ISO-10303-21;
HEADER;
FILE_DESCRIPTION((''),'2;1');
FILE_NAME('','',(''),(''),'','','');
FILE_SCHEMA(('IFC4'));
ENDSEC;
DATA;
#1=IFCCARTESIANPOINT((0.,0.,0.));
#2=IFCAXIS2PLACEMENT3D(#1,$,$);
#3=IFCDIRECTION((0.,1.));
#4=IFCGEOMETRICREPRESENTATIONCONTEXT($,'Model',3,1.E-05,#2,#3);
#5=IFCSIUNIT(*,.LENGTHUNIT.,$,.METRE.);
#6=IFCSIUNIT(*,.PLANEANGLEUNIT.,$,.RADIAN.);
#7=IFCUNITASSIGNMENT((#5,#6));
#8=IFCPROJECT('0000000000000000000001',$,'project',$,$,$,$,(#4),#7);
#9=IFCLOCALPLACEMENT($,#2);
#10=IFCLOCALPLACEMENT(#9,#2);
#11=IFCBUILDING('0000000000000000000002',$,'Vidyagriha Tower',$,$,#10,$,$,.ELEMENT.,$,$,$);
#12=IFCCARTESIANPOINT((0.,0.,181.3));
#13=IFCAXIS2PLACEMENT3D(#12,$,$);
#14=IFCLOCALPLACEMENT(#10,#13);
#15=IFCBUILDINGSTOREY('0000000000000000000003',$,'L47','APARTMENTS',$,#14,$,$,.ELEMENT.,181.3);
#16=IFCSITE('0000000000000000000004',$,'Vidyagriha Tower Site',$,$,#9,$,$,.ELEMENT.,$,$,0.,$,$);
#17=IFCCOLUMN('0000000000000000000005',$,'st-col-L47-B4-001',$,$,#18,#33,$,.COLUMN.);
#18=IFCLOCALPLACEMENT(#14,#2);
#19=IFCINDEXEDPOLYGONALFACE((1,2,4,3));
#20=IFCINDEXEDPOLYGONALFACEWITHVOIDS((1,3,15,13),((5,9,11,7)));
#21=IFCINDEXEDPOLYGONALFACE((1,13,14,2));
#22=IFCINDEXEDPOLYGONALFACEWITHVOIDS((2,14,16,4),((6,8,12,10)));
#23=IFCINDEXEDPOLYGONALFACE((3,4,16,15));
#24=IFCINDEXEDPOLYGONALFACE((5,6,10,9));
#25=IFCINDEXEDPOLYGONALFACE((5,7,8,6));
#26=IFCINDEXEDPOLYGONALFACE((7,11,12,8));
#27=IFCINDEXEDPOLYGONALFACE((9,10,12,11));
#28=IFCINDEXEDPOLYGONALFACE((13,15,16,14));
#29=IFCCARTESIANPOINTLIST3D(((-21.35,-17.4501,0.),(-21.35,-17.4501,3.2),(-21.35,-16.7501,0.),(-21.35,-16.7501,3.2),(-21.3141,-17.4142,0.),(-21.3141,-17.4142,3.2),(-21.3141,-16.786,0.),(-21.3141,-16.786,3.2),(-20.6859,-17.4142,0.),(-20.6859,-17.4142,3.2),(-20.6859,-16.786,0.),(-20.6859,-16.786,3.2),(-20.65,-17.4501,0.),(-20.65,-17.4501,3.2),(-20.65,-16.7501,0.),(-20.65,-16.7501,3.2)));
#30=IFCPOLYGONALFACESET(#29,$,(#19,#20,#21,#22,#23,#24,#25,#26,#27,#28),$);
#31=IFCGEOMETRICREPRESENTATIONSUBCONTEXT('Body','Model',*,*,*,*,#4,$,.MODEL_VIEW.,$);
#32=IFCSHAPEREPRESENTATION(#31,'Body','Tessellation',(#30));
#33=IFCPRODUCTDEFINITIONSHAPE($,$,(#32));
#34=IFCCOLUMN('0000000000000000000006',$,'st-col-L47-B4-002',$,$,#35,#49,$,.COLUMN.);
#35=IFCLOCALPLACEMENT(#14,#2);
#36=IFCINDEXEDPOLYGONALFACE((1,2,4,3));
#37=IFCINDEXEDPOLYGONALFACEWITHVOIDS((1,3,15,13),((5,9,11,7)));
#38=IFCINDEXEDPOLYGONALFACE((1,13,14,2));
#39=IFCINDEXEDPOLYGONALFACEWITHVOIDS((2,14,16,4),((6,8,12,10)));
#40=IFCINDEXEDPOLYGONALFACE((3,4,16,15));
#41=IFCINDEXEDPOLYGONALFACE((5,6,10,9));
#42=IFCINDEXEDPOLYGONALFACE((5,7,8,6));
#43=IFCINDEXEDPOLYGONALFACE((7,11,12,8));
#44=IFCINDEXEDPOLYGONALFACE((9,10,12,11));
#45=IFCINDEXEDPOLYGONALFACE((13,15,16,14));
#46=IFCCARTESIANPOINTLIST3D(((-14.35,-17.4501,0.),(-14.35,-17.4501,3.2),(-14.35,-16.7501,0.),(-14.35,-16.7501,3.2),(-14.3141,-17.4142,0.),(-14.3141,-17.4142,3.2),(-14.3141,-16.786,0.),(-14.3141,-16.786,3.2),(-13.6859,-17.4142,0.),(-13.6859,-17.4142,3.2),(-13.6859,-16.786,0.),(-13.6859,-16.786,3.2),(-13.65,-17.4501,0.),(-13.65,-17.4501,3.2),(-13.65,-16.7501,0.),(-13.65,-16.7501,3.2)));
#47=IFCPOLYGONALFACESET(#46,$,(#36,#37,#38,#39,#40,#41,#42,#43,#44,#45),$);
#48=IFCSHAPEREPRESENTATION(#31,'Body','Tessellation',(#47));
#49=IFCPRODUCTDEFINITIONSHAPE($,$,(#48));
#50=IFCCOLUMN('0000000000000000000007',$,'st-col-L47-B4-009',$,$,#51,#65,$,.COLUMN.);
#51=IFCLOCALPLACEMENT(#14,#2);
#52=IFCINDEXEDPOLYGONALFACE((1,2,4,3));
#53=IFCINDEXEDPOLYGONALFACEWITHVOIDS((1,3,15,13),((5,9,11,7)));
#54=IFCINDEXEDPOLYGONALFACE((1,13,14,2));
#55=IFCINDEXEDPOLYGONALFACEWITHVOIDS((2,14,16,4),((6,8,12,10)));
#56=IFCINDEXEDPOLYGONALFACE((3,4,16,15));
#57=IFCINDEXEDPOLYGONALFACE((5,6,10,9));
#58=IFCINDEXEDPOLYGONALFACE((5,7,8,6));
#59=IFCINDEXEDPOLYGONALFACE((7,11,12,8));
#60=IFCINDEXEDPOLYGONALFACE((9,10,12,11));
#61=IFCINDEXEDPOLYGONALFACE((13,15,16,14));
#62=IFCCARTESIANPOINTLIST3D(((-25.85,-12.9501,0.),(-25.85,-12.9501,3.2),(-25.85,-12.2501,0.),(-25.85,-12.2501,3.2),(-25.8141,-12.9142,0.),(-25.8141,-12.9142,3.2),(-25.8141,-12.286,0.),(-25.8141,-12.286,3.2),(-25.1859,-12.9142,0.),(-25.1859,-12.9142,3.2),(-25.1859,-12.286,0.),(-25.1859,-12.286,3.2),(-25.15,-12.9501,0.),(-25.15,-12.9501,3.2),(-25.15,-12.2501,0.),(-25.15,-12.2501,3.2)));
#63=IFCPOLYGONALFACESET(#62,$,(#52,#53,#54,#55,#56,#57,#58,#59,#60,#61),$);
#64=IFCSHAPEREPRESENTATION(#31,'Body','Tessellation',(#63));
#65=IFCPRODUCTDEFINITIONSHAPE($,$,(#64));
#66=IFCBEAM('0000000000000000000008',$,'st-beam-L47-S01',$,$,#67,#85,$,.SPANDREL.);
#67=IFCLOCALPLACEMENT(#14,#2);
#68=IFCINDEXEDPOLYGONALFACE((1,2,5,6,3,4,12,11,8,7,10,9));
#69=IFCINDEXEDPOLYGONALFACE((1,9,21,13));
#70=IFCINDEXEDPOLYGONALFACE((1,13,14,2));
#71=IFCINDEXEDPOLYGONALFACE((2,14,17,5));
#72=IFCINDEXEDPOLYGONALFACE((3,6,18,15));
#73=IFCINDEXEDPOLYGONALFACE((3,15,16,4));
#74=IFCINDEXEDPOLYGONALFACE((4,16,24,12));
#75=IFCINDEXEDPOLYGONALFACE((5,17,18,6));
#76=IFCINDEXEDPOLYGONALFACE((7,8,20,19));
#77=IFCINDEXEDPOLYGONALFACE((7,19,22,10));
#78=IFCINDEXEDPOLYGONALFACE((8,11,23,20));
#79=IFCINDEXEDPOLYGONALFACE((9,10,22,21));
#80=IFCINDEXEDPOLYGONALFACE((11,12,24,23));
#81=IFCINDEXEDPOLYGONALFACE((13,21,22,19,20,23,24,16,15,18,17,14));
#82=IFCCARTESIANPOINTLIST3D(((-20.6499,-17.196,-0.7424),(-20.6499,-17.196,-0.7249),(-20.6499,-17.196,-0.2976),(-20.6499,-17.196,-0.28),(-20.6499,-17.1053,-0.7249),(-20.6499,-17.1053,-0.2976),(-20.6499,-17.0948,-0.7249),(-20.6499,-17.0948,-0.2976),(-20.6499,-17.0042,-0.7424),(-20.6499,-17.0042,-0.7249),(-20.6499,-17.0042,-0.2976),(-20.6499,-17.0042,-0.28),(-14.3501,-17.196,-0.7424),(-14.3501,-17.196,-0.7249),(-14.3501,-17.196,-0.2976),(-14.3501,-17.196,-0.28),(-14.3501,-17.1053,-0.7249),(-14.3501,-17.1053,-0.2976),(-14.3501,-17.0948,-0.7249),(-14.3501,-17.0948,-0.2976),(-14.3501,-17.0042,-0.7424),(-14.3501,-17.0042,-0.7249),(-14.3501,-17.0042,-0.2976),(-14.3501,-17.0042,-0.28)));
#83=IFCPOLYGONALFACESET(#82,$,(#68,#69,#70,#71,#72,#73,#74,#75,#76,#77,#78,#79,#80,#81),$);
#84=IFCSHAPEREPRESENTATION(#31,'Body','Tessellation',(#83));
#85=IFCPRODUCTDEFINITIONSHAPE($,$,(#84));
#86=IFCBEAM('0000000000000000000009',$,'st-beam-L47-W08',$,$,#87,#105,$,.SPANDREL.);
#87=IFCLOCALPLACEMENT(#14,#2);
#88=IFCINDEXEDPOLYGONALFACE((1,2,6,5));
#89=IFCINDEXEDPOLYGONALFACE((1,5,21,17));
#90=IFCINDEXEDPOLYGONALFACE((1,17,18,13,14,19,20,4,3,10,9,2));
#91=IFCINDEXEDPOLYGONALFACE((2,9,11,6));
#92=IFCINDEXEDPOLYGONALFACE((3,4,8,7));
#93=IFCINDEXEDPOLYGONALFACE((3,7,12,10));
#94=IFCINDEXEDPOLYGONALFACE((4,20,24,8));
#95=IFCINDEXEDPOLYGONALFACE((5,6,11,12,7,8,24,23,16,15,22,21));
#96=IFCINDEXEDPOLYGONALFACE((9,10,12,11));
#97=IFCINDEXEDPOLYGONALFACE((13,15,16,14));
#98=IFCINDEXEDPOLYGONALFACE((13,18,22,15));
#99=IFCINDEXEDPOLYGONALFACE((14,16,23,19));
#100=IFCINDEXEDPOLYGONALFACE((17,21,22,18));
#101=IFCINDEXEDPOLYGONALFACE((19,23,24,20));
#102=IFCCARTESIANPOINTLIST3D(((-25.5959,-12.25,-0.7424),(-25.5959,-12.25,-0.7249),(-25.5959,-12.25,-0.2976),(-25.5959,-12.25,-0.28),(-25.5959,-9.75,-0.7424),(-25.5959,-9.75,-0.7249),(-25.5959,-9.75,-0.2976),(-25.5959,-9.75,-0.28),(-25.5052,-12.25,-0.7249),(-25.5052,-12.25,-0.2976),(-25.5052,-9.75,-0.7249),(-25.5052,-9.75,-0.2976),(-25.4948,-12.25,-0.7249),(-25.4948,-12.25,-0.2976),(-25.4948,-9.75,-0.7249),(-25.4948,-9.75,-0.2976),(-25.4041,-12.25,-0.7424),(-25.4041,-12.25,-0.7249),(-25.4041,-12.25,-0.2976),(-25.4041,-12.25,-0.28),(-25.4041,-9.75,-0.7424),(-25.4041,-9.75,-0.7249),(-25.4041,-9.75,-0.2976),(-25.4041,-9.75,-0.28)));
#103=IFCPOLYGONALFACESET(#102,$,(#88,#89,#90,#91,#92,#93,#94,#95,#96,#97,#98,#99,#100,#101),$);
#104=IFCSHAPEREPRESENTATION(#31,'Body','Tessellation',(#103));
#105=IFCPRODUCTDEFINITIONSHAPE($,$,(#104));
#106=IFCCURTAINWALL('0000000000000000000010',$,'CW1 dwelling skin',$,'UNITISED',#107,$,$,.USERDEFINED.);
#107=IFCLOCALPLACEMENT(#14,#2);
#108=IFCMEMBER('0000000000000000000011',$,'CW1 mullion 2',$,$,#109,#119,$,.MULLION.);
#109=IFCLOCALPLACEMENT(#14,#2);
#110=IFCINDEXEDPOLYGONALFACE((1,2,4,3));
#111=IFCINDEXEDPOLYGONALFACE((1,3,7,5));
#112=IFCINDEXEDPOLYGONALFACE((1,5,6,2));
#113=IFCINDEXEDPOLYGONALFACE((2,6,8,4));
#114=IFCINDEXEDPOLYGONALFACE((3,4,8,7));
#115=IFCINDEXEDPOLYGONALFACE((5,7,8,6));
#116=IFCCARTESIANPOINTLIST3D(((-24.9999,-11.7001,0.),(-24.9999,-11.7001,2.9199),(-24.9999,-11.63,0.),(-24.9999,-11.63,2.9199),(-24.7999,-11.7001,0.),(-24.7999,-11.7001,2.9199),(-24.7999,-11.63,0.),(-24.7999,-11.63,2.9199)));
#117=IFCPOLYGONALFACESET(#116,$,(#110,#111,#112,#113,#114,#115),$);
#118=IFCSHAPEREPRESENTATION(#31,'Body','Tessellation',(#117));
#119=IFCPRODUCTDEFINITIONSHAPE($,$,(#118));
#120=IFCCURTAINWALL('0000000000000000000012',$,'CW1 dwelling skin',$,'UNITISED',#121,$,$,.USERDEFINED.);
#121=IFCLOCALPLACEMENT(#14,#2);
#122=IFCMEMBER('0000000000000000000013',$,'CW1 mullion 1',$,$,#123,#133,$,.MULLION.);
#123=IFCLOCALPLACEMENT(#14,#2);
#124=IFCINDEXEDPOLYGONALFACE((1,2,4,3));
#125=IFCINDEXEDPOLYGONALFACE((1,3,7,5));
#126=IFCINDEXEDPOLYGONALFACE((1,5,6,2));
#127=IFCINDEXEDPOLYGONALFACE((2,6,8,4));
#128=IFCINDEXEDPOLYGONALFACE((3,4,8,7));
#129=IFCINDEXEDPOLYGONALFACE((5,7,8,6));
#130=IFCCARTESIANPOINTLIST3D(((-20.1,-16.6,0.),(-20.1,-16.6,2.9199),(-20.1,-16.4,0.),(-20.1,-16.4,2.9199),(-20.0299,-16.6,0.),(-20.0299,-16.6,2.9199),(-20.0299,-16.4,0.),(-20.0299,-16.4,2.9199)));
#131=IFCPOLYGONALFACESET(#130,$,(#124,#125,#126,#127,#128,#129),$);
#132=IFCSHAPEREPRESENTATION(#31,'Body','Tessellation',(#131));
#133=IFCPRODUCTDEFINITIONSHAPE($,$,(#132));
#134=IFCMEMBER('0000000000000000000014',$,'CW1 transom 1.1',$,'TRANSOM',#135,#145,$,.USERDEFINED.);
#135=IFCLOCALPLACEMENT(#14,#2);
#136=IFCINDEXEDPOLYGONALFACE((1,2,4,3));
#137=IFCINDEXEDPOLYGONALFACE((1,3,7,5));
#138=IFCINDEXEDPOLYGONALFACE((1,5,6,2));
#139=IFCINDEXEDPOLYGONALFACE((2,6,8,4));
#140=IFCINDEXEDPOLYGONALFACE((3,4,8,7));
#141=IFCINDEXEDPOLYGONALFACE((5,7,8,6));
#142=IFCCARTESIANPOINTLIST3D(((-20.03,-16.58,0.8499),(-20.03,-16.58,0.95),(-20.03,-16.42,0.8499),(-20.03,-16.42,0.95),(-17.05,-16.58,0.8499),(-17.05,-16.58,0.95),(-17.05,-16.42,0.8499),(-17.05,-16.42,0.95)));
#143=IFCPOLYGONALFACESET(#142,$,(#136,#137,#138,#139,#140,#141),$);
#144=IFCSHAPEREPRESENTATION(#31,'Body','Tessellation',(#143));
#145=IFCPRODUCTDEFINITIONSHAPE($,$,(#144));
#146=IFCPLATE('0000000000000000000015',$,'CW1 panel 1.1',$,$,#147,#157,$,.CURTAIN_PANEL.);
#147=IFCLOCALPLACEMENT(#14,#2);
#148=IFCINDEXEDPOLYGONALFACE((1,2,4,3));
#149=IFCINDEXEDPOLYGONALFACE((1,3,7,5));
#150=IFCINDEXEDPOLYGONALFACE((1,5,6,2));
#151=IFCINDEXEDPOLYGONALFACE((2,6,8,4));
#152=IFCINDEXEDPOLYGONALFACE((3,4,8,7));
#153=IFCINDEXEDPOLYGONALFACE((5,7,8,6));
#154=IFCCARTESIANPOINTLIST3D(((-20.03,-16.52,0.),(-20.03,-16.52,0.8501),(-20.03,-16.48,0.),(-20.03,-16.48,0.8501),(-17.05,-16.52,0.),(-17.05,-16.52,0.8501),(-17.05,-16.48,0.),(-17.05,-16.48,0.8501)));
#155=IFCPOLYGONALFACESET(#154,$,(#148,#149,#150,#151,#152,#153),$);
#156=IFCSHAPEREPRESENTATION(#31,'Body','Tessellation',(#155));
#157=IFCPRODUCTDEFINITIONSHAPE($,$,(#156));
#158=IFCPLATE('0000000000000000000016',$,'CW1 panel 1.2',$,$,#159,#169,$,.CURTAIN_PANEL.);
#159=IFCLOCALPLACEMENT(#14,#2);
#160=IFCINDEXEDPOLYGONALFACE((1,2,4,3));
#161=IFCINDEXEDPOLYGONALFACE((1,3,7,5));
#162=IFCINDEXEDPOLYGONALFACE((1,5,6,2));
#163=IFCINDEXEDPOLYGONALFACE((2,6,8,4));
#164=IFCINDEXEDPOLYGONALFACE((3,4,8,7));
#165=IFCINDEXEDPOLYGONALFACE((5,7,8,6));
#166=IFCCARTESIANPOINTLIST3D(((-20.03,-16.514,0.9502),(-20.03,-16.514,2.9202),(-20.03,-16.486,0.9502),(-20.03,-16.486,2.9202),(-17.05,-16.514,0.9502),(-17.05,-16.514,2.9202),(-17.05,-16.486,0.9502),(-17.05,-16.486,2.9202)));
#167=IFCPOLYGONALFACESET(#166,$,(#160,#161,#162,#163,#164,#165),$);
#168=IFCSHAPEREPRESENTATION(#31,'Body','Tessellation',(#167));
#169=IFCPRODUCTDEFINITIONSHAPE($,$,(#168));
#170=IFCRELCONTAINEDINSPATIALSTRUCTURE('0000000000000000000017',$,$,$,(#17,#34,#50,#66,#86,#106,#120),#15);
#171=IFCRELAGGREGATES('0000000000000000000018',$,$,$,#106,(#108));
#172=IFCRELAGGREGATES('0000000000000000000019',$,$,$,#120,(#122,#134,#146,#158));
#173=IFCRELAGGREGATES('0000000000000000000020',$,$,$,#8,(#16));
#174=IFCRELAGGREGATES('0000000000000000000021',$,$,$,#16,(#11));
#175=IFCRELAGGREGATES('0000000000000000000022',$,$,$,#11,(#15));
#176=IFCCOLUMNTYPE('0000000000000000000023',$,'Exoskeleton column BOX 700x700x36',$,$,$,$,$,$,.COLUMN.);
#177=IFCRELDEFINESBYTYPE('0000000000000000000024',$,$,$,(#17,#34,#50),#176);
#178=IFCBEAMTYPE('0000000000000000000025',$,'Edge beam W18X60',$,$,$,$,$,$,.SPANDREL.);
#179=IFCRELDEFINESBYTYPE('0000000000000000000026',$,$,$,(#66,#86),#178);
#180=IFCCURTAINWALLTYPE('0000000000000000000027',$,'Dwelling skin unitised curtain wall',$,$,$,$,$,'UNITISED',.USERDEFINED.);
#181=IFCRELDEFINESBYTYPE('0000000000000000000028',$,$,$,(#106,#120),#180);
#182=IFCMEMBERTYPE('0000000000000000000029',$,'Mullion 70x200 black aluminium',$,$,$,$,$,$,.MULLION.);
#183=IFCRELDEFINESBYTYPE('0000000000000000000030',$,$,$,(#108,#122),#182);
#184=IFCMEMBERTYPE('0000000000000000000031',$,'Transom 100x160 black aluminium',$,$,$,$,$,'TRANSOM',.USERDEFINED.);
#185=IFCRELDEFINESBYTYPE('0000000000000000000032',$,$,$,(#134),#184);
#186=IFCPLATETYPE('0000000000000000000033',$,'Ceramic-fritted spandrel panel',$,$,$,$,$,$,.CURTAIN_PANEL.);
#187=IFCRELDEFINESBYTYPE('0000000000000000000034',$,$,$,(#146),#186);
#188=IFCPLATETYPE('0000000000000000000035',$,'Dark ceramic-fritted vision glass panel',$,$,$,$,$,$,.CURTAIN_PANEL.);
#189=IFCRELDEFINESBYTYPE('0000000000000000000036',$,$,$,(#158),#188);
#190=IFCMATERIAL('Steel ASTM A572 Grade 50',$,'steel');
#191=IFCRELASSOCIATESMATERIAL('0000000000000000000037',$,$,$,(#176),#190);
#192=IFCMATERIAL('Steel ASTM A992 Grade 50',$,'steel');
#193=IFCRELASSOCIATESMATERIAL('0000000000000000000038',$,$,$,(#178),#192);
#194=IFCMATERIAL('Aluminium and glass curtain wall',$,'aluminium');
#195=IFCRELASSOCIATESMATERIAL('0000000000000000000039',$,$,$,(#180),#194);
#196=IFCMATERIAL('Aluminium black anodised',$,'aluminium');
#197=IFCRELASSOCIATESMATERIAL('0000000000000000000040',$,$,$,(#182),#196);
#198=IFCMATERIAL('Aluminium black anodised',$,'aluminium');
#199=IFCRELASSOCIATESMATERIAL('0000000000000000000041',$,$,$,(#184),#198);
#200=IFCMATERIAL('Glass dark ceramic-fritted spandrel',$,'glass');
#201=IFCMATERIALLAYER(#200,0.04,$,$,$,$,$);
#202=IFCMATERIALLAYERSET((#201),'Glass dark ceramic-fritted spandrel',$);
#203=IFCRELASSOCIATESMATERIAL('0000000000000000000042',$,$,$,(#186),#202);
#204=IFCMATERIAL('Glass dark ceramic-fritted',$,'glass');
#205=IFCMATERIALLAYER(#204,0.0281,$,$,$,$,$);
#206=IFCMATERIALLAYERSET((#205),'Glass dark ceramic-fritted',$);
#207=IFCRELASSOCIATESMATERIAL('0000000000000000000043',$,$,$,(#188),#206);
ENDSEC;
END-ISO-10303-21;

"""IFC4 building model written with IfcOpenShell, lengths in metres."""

from ifc_helpers import new_model, si_unit, direction, frame, origin, origin_2d, place, context, subcontext, project, spatial, rectangle, hollow_rectangle, i_section, extrude, material, layer, layer_set, material_profile, profile_set, type_object, element, aggregate, save


model = new_model("IFC4")

# Units and contexts
model_context = context("Model", 3, precision=1e-05, world=origin(), true_north=direction((0.0, 1.0)))
body_context = subcontext(model_context, "Body", "Model", "MODEL_VIEW")
ifc_project = project(units=[si_unit("LENGTHUNIT", "METRE"), si_unit("PLANEANGLEUNIT", "RADIAN")], contexts=[model_context])

# Site, building, storey
site_placement = place(None, origin())
site = spatial("IfcSite", under=ifc_project, at=site_placement, Name="Vidyagriha Tower Site", CompositionType="ELEMENT", RefElevation=0.0)
building_placement = place(site_placement, origin())
building = spatial("IfcBuilding", under=site, at=building_placement, Name="Vidyagriha Tower", CompositionType="ELEMENT")
storey_placement = place(building_placement, frame((0.0, 0.0, 181.3)))
storey = spatial("IfcBuildingStorey", under=building, at=storey_placement, Name="L47", Description="APARTMENTS", CompositionType="ELEMENT", Elevation=181.3)

# Columns
ifc_material_1 = material(Name="Steel ASTM A572 Grade 50", Category="steel")
ifc_material_profile_1 = material_profile(ifc_material_1, hollow_rectangle(XDim=0.7, YDim=0.7, WallThickness=0.0359, at=origin_2d()), Name="BOX 700x700x36")
ifc_profile_set_1 = profile_set([ifc_material_profile_1], Name="Steel ASTM A572 Grade 50")
column_type = type_object("IfcColumnType", Name="Exoskeleton column BOX 700x700x36", PredefinedType="COLUMN", material=ifc_profile_set_1)
for number, where, name in (
    (1, (-21.0, -17.1001, 0.0), "st-col-L47-B4-001"),
    (2, (-14.0, -17.1001, 0.0), "st-col-L47-B4-002"),
    (3, (-25.5, -12.6001, 0.0), "st-col-L47-B4-009"),
):
    element("IfcColumn", number, at=place(storey_placement, frame(where)), inside=storey, type_object=column_type, Name=name, PredefinedType="COLUMN", context=body_context, shape_type="SweptSolid", body=[
        extrude(hollow_rectangle(XDim=0.7, YDim=0.7, WallThickness=0.0359, at=origin_2d()), origin(), (0.0, 0.0, 1.0), 3.2),
    ])

# Beams
ifc_material_2 = material(Name="Steel ASTM A992 Grade 50", Category="steel")
ifc_material_profile_2 = material_profile(ifc_material_2, i_section(OverallWidth=0.1919, OverallDepth=0.4624, WebThickness=0.0105, FlangeThickness=0.0176, at=origin_2d()), Name="W18X60")
ifc_profile_set_2 = profile_set([ifc_material_profile_2], Name="Steel ASTM A992 Grade 50")
beam_type = type_object("IfcBeamType", Name="Edge beam W18X60", PredefinedType="SPANDREL", material=ifc_profile_set_2)
beam_1_placement = place(storey_placement, frame((-20.6499, -17.1001, -0.5112), z_axis=(1.0, 0.0, 0.0), x_axis=(0.0, 1.0, 0.0)))
element("IfcBeam", 4, at=beam_1_placement, inside=storey, type_object=beam_type, Name="st-beam-L47-S01", PredefinedType="SPANDREL", context=body_context, shape_type="SweptSolid", body=[
    extrude(i_section(OverallWidth=0.1919, OverallDepth=0.4624, WebThickness=0.0105, FlangeThickness=0.0176, at=origin_2d()), origin(), (0.0, 0.0, 1.0), 6.2998),
])
beam_2_placement = place(storey_placement, frame((-25.5, -12.25, -0.5112), z_axis=(0.0, 1.0, 0.0), x_axis=(-1.0, 0.0, 0.0)))
element("IfcBeam", 5, at=beam_2_placement, inside=storey, type_object=beam_type, Name="st-beam-L47-W08", PredefinedType="SPANDREL", context=body_context, shape_type="SweptSolid", body=[
    extrude(i_section(OverallWidth=0.1919, OverallDepth=0.4624, WebThickness=0.0105, FlangeThickness=0.0176, at=origin_2d()), origin(), (0.0, 0.0, 1.0), 2.5),
])

# Curtain wall, member
ifc_material_3 = material(Name="Aluminium and glass curtain wall", Category="aluminium")
curtain_wall_type = type_object("IfcCurtainWallType", Name="Dwelling skin unitised curtain wall", ElementType="UNITISED", PredefinedType="USERDEFINED", material=ifc_material_3)
curtain_wall_1_placement = place(storey_placement, origin())
curtain_wall_1 = element("IfcCurtainWall", 6, at=curtain_wall_1_placement, inside=storey, type_object=curtain_wall_type, Name="CW1 dwelling skin", ObjectType="UNITISED", PredefinedType="USERDEFINED")
ifc_material_4 = material(Name="Aluminium black anodised", Category="aluminium")
ifc_material_profile_3 = material_profile(ifc_material_4, rectangle(XDim=0.2, YDim=0.0701, at=origin_2d()), Name="Mullion 70x200 black aluminium")
ifc_profile_set_3 = profile_set([ifc_material_profile_3], Name="Aluminium black anodised")
member_type_1 = type_object("IfcMemberType", Name="Mullion 70x200 black aluminium", PredefinedType="MULLION", material=ifc_profile_set_3)
member_1_placement = place(storey_placement, frame((-24.8999, -11.665, 0.0)))
member_1 = element("IfcMember", 7, at=member_1_placement, type_object=member_type_1, Name="CW1 mullion 2", PredefinedType="MULLION", context=body_context, shape_type="SweptSolid", body=[
    extrude(rectangle(XDim=0.2, YDim=0.0701, at=origin_2d()), origin(), (0.0, 0.0, 1.0), 2.9199),
])
aggregate(curtain_wall_1, [member_1])

# Curtain wall, members, plates
curtain_wall_2_placement = place(storey_placement, origin())
curtain_wall_2 = element("IfcCurtainWall", 8, at=curtain_wall_2_placement, inside=storey, type_object=curtain_wall_type, Name="CW1 dwelling skin", ObjectType="UNITISED", PredefinedType="USERDEFINED")
member_2_placement = place(storey_placement, frame((-20.0649, -16.5, 0.0), z_axis=(0.0, 0.0, 1.0), x_axis=(0.0, 1.0, 0.0)))
member_2 = element("IfcMember", 9, at=member_2_placement, type_object=member_type_1, Name="CW1 mullion 1", PredefinedType="MULLION", context=body_context, shape_type="SweptSolid", body=[
    extrude(rectangle(XDim=0.2, YDim=0.0701, at=origin_2d()), origin(), (0.0, 0.0, 1.0), 2.9199),
])
ifc_material_5 = material(Name="Aluminium black anodised", Category="aluminium")
ifc_material_profile_4 = material_profile(ifc_material_5, rectangle(XDim=0.1599, YDim=0.1001, at=origin_2d()), Name="Transom 100x160 black aluminium")
ifc_profile_set_4 = profile_set([ifc_material_profile_4], Name="Aluminium black anodised")
member_type_2 = type_object("IfcMemberType", Name="Transom 100x160 black aluminium", ElementType="TRANSOM", PredefinedType="USERDEFINED", material=ifc_profile_set_4)
member_3_placement = place(storey_placement, frame((-20.03, -16.5, 0.8999), z_axis=(1.0, 0.0, 0.0), x_axis=(0.0, 1.0, 0.0)))
member_3 = element("IfcMember", 10, at=member_3_placement, type_object=member_type_2, Name="CW1 transom 1.1", ObjectType="TRANSOM", PredefinedType="USERDEFINED", context=body_context, shape_type="SweptSolid", body=[
    extrude(rectangle(XDim=0.1599, YDim=0.1001, at=origin_2d()), origin(), (0.0, 0.0, 1.0), 2.98),
])
ifc_material_6 = material(Name="Glass dark ceramic-fritted spandrel", Category="glass")
ifc_layer_1 = layer(ifc_material_6, 0.04)
ifc_layer_set_1 = layer_set([ifc_layer_1], Name="Glass dark ceramic-fritted spandrel")
plate_type_1 = type_object("IfcPlateType", Name="Ceramic-fritted spandrel panel", PredefinedType="CURTAIN_PANEL", material=ifc_layer_set_1)
plate_1_placement = place(storey_placement, frame((-18.54, -16.5, 0.0)))
plate_1 = element("IfcPlate", 11, at=plate_1_placement, type_object=plate_type_1, Name="CW1 panel 1.1", PredefinedType="CURTAIN_PANEL", context=body_context, shape_type="SweptSolid", body=[
    extrude(rectangle(XDim=2.98, YDim=0.04, at=origin_2d()), origin(), (0.0, 0.0, 1.0), 0.8501),
])
ifc_material_7 = material(Name="Glass dark ceramic-fritted", Category="glass")
ifc_layer_2 = layer(ifc_material_7, 0.0281)
ifc_layer_set_2 = layer_set([ifc_layer_2], Name="Glass dark ceramic-fritted")
plate_type_2 = type_object("IfcPlateType", Name="Dark ceramic-fritted vision glass panel", PredefinedType="CURTAIN_PANEL", material=ifc_layer_set_2)
plate_2_placement = place(storey_placement, frame((-18.54, -16.5, 0.9502)))
plate_2 = element("IfcPlate", 12, at=plate_2_placement, type_object=plate_type_2, Name="CW1 panel 1.2", PredefinedType="CURTAIN_PANEL", context=body_context, shape_type="SweptSolid", body=[
    extrude(rectangle(XDim=2.98, YDim=0.0281, at=origin_2d()), origin(), (0.0, 0.0, 1.0), 1.97),
])
aggregate(curtain_wall_2, [member_2, member_3, plate_1, plate_2])

save(model, "model.ifc")
